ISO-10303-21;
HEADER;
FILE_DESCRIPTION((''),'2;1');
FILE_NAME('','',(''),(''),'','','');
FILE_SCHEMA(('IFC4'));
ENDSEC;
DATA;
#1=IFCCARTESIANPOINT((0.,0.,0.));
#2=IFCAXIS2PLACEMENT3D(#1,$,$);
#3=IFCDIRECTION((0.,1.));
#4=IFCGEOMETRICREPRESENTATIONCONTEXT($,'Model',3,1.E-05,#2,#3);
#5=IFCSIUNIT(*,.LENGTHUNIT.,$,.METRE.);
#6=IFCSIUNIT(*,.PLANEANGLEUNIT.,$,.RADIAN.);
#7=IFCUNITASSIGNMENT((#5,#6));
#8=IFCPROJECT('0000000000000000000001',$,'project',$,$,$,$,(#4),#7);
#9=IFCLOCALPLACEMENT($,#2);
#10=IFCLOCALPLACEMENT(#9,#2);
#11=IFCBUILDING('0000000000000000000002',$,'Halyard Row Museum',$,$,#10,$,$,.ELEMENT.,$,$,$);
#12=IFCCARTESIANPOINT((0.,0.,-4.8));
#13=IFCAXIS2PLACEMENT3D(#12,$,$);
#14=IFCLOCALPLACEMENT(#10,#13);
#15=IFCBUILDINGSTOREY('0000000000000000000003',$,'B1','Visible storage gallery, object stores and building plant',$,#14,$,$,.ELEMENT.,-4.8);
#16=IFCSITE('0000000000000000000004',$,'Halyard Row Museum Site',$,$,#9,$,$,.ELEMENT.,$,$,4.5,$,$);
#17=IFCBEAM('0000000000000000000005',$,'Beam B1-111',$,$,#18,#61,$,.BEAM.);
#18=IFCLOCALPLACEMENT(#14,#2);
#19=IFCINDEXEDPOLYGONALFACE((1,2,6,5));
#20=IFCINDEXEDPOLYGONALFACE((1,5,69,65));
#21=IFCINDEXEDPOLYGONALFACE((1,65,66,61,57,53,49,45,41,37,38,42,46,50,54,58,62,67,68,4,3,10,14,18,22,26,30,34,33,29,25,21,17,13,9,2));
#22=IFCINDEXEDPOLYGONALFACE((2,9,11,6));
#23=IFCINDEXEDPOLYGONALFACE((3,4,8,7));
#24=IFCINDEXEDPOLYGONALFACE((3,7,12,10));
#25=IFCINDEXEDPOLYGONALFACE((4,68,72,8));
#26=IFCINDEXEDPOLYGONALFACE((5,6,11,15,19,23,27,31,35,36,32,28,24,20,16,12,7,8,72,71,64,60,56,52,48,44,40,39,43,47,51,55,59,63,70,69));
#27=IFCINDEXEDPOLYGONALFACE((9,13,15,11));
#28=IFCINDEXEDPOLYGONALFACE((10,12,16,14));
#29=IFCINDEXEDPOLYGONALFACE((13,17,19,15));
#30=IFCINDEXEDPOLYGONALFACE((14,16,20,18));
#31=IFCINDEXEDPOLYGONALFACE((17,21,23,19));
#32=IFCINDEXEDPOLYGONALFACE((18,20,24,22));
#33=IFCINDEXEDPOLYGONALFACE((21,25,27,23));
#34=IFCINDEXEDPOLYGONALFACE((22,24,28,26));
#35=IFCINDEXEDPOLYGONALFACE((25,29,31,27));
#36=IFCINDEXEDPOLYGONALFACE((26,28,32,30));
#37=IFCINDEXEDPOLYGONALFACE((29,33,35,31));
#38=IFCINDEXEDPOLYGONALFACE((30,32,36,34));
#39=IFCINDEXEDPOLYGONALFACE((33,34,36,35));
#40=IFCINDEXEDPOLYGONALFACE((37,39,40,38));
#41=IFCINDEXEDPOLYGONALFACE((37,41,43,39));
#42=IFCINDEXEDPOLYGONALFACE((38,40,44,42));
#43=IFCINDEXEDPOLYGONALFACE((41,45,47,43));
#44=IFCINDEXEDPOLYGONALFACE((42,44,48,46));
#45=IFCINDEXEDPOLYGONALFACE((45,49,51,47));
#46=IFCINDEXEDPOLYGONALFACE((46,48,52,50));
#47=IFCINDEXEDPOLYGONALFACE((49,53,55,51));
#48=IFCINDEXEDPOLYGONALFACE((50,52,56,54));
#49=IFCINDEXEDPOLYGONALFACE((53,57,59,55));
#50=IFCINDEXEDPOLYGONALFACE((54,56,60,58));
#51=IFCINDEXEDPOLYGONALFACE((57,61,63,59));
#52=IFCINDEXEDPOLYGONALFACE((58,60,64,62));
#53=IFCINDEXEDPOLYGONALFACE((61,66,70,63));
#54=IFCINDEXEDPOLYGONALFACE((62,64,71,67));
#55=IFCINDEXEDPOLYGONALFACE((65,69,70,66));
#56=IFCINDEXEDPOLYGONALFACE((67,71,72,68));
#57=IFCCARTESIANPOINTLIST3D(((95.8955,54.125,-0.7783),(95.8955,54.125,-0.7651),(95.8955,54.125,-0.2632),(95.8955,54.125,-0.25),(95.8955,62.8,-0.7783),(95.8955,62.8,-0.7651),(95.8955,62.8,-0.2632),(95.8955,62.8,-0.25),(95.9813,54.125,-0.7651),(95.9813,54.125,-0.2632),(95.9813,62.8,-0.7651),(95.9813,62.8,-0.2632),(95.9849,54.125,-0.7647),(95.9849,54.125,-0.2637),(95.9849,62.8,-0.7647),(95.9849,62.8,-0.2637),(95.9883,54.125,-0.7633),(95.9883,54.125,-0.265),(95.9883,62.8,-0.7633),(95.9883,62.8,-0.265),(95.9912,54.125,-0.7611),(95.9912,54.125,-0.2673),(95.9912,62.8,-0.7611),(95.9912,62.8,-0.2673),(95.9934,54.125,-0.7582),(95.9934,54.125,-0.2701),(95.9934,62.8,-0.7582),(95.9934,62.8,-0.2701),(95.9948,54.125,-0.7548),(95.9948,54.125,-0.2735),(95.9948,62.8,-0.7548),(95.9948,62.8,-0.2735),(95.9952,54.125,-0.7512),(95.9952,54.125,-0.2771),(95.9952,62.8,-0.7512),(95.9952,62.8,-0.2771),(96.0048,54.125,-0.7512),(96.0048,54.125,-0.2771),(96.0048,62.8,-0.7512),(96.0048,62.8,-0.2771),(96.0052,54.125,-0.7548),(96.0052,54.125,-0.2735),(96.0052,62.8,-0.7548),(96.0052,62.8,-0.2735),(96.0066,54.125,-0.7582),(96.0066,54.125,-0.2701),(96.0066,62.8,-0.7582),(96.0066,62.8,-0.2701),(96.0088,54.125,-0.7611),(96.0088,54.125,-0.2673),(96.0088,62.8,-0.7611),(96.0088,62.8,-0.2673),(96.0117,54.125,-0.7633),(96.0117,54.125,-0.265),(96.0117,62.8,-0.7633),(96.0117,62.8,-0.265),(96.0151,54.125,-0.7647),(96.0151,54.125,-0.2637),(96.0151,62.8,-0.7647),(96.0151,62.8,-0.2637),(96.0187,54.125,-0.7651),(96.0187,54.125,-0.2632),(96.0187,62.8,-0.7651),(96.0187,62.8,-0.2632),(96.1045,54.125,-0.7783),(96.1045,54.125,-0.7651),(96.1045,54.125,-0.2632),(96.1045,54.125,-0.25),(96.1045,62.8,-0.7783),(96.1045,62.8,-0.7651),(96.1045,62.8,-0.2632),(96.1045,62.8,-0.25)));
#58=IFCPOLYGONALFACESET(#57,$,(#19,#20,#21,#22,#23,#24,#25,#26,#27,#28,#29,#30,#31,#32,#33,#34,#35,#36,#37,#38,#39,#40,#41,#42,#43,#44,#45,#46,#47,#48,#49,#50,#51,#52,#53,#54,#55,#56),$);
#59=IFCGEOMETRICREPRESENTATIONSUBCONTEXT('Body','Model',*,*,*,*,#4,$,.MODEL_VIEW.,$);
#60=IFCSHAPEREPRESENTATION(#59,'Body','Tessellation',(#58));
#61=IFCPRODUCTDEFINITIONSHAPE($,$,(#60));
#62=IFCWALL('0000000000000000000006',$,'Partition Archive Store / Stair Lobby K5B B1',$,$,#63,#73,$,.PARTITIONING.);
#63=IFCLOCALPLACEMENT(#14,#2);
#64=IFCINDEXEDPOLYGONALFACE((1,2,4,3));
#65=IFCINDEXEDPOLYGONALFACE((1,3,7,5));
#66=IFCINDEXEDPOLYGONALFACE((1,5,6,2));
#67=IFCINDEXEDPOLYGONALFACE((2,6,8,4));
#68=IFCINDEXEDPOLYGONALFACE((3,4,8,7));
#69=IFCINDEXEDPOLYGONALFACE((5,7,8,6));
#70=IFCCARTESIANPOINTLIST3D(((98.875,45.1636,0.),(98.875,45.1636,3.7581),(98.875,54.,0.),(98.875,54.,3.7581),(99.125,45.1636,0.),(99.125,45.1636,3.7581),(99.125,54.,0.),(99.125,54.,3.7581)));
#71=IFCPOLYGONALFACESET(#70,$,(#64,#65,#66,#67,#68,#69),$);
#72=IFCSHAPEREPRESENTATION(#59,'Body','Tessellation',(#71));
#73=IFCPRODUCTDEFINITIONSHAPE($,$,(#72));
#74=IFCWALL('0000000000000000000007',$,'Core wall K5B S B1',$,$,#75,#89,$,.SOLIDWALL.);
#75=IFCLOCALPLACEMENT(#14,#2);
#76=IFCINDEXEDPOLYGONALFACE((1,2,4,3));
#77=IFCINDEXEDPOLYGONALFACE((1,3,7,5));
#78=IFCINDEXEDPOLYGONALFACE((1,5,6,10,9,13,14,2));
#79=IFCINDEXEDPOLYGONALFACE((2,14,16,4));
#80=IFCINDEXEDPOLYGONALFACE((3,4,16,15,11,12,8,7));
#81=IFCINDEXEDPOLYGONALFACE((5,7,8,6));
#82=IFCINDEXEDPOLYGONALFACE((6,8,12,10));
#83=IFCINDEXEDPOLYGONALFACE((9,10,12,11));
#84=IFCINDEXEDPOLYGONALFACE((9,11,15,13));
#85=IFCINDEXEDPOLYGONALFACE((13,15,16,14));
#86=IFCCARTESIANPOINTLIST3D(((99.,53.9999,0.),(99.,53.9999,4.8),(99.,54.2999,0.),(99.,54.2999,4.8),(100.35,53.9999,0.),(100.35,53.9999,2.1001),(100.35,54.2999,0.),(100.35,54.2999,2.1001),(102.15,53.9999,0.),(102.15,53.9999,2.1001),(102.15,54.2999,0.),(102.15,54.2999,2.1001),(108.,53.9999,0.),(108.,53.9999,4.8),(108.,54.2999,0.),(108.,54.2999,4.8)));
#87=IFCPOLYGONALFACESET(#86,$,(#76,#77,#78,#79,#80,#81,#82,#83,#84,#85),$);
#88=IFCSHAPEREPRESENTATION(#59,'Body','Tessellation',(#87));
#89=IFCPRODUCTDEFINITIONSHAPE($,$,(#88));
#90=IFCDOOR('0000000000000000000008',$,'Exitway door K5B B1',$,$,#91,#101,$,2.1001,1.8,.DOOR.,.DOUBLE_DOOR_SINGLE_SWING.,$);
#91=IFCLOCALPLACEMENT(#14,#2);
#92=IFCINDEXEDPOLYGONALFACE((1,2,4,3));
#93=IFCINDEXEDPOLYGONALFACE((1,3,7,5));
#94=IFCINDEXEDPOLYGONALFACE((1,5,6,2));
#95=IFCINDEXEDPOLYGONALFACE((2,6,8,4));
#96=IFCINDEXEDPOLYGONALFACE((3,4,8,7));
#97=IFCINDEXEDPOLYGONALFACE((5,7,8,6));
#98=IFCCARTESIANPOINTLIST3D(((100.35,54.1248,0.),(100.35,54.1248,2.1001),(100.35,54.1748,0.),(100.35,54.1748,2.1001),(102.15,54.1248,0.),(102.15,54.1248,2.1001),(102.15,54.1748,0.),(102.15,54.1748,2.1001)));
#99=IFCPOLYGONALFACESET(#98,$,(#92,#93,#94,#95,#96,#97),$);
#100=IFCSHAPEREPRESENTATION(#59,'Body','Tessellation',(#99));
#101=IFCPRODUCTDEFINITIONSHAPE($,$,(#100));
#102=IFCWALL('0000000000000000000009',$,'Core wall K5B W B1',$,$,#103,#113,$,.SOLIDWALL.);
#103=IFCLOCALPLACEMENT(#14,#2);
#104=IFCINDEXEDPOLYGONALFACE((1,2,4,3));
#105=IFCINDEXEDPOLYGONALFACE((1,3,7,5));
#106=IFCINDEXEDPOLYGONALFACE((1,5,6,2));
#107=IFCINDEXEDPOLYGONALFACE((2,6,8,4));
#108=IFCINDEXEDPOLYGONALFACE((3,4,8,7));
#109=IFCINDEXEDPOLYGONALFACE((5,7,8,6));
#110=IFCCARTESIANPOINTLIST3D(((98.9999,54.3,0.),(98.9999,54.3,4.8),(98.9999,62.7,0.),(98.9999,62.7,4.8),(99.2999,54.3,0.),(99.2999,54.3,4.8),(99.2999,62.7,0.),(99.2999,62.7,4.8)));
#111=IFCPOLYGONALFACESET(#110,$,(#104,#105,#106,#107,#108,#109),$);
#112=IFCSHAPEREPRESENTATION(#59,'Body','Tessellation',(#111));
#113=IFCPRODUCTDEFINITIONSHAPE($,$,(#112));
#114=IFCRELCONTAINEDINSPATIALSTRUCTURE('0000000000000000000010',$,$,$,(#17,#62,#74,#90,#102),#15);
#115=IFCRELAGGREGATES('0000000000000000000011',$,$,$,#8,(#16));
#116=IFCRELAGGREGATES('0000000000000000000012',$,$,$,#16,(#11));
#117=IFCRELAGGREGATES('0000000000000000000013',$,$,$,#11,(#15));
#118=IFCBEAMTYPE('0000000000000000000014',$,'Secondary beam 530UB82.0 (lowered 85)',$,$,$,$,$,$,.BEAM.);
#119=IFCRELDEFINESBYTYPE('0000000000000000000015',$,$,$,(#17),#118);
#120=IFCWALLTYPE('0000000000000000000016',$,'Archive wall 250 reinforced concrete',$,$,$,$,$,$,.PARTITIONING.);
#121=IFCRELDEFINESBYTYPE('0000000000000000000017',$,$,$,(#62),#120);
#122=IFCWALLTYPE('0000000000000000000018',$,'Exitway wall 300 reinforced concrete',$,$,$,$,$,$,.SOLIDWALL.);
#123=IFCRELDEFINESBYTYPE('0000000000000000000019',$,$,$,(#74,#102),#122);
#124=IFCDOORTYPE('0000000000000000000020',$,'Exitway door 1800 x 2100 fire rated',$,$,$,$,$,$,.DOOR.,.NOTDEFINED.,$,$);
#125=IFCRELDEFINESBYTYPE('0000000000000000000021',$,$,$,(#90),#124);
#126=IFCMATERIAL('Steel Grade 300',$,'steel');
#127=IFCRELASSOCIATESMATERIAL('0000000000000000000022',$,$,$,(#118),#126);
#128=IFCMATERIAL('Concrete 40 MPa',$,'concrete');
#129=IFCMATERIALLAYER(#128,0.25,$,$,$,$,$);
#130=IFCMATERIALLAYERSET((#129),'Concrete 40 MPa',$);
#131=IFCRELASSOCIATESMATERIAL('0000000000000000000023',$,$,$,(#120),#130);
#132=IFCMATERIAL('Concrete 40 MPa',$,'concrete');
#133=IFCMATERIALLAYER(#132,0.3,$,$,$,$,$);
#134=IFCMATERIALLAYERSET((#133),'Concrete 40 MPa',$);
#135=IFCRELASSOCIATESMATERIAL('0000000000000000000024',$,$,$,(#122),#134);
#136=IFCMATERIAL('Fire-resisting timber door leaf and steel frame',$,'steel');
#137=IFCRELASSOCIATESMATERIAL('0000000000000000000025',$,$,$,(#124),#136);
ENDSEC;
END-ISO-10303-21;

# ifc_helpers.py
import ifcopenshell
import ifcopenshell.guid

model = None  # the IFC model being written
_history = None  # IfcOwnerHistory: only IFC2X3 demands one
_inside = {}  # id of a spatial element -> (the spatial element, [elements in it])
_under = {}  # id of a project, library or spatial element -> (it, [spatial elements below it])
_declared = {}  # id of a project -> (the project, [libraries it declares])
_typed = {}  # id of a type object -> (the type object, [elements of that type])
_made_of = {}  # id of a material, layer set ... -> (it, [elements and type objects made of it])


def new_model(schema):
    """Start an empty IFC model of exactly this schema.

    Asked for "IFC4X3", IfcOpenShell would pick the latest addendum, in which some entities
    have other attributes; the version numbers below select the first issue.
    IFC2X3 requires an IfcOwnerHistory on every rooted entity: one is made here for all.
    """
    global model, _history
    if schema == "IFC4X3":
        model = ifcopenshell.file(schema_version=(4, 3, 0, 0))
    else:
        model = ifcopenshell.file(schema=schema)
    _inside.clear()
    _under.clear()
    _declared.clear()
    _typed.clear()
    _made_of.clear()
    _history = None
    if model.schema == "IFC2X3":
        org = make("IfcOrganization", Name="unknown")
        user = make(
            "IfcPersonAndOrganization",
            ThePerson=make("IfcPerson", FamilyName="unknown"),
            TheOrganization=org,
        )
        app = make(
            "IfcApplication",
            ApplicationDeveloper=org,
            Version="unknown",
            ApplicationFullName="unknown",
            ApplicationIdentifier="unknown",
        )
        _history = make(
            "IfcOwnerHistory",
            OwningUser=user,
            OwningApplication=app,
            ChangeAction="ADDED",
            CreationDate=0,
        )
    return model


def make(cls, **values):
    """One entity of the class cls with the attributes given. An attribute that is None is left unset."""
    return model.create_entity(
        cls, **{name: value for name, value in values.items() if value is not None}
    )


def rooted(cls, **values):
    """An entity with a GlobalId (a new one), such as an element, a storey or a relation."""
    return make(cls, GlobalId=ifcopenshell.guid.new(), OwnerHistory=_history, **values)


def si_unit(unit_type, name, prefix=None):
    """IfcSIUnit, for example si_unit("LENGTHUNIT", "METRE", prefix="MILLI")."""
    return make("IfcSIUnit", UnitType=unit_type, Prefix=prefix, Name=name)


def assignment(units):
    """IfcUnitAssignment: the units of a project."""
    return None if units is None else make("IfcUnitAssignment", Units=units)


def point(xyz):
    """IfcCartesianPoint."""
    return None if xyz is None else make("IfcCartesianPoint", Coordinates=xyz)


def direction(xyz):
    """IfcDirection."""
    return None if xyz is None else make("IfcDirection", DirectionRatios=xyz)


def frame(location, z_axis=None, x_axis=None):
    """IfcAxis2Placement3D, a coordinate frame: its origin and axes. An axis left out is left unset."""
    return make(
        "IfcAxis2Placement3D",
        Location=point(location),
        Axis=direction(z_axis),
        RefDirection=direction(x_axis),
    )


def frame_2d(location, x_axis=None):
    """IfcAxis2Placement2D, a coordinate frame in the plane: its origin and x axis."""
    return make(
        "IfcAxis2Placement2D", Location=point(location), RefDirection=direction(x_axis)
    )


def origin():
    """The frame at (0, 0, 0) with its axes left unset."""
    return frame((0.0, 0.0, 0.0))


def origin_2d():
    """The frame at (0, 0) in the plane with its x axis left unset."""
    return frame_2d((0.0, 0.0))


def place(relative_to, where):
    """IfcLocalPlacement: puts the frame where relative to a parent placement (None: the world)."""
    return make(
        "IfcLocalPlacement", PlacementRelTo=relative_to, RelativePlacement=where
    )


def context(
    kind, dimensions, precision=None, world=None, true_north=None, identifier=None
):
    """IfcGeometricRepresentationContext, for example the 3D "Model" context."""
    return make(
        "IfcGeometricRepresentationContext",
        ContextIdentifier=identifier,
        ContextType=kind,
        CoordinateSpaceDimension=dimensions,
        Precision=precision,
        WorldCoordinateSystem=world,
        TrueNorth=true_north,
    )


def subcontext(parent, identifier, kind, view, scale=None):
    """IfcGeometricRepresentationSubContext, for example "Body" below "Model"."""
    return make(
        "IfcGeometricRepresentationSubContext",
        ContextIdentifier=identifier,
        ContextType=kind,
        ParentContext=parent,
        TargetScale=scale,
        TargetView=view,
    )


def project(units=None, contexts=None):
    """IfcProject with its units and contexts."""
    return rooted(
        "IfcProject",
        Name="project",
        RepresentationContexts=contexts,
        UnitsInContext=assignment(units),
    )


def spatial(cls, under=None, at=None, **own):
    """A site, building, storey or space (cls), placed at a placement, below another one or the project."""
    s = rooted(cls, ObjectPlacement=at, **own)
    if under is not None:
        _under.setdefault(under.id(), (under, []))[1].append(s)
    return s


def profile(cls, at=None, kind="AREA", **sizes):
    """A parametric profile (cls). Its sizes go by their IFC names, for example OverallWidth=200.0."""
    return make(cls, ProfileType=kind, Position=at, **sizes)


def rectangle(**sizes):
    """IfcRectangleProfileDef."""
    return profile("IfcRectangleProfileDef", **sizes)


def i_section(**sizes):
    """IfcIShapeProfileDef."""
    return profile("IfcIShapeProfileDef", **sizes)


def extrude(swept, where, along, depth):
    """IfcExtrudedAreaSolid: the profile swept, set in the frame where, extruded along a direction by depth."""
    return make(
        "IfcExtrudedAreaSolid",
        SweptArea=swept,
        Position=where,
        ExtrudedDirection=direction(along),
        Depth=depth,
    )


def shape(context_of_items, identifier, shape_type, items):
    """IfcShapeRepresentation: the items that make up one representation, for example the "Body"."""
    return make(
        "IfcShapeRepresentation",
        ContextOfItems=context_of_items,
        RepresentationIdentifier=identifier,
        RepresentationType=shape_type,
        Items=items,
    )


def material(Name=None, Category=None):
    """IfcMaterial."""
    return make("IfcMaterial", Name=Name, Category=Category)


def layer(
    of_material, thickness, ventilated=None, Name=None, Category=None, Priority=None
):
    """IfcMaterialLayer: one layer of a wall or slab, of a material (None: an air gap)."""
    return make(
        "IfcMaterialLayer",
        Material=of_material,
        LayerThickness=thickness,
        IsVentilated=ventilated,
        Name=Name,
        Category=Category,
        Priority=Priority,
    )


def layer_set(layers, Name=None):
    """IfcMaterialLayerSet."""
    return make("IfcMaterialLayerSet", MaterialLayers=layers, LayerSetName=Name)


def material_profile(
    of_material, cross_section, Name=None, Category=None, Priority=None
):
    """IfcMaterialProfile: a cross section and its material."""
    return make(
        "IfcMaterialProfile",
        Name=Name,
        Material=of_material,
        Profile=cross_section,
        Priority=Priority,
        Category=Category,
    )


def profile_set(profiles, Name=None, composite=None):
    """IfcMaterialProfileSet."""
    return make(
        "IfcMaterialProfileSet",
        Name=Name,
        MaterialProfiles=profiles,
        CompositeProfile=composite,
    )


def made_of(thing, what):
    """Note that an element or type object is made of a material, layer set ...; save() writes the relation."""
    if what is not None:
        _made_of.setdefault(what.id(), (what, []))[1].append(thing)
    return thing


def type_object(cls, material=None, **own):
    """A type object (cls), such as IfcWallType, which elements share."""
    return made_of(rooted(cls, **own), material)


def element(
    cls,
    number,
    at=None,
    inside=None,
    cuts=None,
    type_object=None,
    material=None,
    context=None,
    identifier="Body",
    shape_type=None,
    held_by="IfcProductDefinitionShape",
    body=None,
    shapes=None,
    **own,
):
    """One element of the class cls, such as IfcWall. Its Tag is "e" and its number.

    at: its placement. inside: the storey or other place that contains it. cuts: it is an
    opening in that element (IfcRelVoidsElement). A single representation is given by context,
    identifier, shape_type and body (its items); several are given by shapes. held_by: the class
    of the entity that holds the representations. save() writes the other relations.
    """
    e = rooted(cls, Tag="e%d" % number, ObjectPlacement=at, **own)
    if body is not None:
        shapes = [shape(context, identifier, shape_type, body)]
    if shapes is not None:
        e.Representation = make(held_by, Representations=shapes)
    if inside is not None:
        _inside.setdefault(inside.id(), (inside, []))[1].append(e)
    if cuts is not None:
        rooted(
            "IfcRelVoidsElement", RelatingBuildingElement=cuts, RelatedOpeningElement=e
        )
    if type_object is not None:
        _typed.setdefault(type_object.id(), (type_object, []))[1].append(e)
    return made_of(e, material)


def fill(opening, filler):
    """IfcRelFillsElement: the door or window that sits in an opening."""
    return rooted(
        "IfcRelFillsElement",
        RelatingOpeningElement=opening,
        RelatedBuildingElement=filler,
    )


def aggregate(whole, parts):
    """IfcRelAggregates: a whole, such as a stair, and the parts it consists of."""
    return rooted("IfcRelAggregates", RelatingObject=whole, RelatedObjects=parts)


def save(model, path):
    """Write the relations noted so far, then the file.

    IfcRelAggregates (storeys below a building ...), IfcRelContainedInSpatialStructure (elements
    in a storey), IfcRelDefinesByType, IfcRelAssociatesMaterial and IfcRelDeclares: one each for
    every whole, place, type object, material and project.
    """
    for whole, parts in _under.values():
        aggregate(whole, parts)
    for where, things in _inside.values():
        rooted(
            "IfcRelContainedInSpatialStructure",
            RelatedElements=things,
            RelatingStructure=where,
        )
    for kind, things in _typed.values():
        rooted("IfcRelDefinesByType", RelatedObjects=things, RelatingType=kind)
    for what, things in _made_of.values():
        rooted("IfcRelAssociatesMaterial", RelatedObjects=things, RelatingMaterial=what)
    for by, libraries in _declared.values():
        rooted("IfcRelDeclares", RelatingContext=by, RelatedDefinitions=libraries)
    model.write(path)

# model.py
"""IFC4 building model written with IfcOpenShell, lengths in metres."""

from ifc_helpers import new_model, si_unit, direction, frame, frame_2d, origin, origin_2d, place, context, subcontext, project, spatial, rectangle, i_section, extrude, material, layer, layer_set, material_profile, profile_set, type_object, element, fill, save


model = new_model("IFC4")

# Units and contexts
model_context = context("Model", 3, precision=1e-05, world=origin(), true_north=direction((0.0, 1.0)))
body_context = subcontext(model_context, "Body", "Model", "MODEL_VIEW")
ifc_project = project(units=[si_unit("LENGTHUNIT", "METRE"), si_unit("PLANEANGLEUNIT", "RADIAN")], contexts=[model_context])

# Site, building, storey
site_placement = place(None, origin())
site = spatial("IfcSite", under=ifc_project, at=site_placement, Name="Halyard Row Museum Site", CompositionType="ELEMENT", RefElevation=4.5)
building_placement = place(site_placement, origin())
building = spatial("IfcBuilding", under=site, at=building_placement, Name="Halyard Row Museum", CompositionType="ELEMENT")
storey_placement = place(building_placement, frame((0.0, 0.0, -4.8)))
storey = spatial("IfcBuildingStorey", under=building, at=storey_placement, Name="B1", Description="Visible storage gallery, object stores and building plant", CompositionType="ELEMENT", Elevation=-4.8)

# Beam
ifc_material_1 = material(Name="Steel Grade 300", Category="steel")
ifc_material_profile_1 = material_profile(ifc_material_1, i_section(OverallWidth=0.209, OverallDepth=0.5283, WebThickness=0.0095, FlangeThickness=0.0132, FilletRadius=0.0139, at=origin_2d()), Name="530UB82.0")
ifc_profile_set_1 = profile_set([ifc_material_profile_1], Name="Steel Grade 300")
beam_type_1 = type_object("IfcBeamType", Name="Secondary beam 530UB82.0 (lowered 85)", PredefinedType="BEAM", material=ifc_profile_set_1)
for number, where, z_axis, x_axis, name in (
    (1, (96.0, 54.125, -0.5142), (0.0, 1.0, 0.0), (-1.0, 0.0, 0.0), "Beam B1-111"),
):
    element("IfcBeam", number, at=place(storey_placement, frame(where, z_axis=z_axis, x_axis=x_axis)), inside=storey, type_object=beam_type_1, Name=name, PredefinedType="BEAM", context=body_context, shape_type="SweptSolid", body=[
        extrude(i_section(OverallWidth=0.209, OverallDepth=0.5283, WebThickness=0.0095, FlangeThickness=0.0132, FilletRadius=0.0139, at=origin_2d()), origin(), (0.0, 0.0, 1.0), 8.675),
    ])

# Wall
ifc_material_2 = material(Name="Concrete 40 MPa", Category="concrete")
ifc_layer_1 = layer(ifc_material_2, 0.25)
ifc_layer_set_1 = layer_set([ifc_layer_1], Name="Concrete 40 MPa")
wall_type_1 = type_object("IfcWallType", Name="Archive wall 250 reinforced concrete", PredefinedType="PARTITIONING", material=ifc_layer_set_1)
wall_1_placement = place(storey_placement, frame((99.0, 45.1636, 0.0), z_axis=(0.0, 0.0, 1.0), x_axis=(0.0, 1.0, 0.0)))
element("IfcWall", 2, at=wall_1_placement, inside=storey, type_object=wall_type_1, Name="Partition Archive Store / Stair Lobby K5B B1", PredefinedType="PARTITIONING", context=body_context, shape_type="SweptSolid", body=[
    extrude(rectangle(XDim=8.8364, YDim=0.25, at=frame_2d((4.4182, 0.0))), origin(), (0.0, 0.0, 1.0), 3.7581),
])

# Wall, opening, door
ifc_material_3 = material(Name="Concrete 40 MPa", Category="concrete")
ifc_layer_2 = layer(ifc_material_3, 0.3)
ifc_layer_set_2 = layer_set([ifc_layer_2], Name="Concrete 40 MPa")
wall_type_2 = type_object("IfcWallType", Name="Exitway wall 300 reinforced concrete", PredefinedType="SOLIDWALL", material=ifc_layer_set_2)
wall_2_placement = place(storey_placement, frame((99.0, 54.1499, 0.0), z_axis=(0.0, 0.0, 1.0), x_axis=(1.0, 0.0, 0.0)))
wall_2 = element("IfcWall", 3, at=wall_2_placement, inside=storey, type_object=wall_type_2, Name="Core wall K5B S B1", PredefinedType="SOLIDWALL", context=body_context, shape_type="SweptSolid", body=[
    extrude(rectangle(XDim=9.0, YDim=0.3, at=frame_2d((4.5, 0.0))), origin(), (0.0, 0.0, 1.0), 4.8),
])
opening_placement = place(wall_2_placement, frame((1.3501, 0.0, 0.0)))
opening = element("IfcOpeningElement", 4, at=opening_placement, cuts=wall_2, PredefinedType="OPENING", context=body_context, shape_type="SweptSolid", body=[
    extrude(rectangle(XDim=1.8, YDim=2.1001, at=frame_2d((0.8999, 1.05))), frame((0.0, 0.1599, 0.0), z_axis=(0.0, -1.0, 0.0), x_axis=(1.0, 0.0, 0.0)), (0.0, 0.0, 1.0), 0.3201),
])
ifc_material_4 = material(Name="Fire-resisting timber door leaf and steel frame", Category="steel")
door_type = type_object("IfcDoorType", Name="Exitway door 1800 x 2100 fire rated", OperationType="NOTDEFINED", PredefinedType="DOOR", material=ifc_material_4)
door_placement = place(opening_placement, origin())
door = element("IfcDoor", 5, at=door_placement, inside=storey, type_object=door_type, Name="Exitway door K5B B1", OperationType="DOUBLE_DOOR_SINGLE_SWING", OverallHeight=2.1001, OverallWidth=1.8, PredefinedType="DOOR", context=body_context, shape_type="SweptSolid", body=[
    extrude(rectangle(XDim=1.8, YDim=2.1001, at=frame_2d((0.8999, 1.05))), frame((0.0, 0.0249, 0.0), z_axis=(0.0, -1.0, 0.0), x_axis=(1.0, 0.0, 0.0)), (0.0, 0.0, 1.0), 0.05),
])
fill(opening, door)

# Wall
wall_3_placement = place(storey_placement, frame((99.1499, 54.3, 0.0), z_axis=(0.0, 0.0, 1.0), x_axis=(0.0, 1.0, 0.0)))
element("IfcWall", 6, at=wall_3_placement, inside=storey, type_object=wall_type_2, Name="Core wall K5B W B1", PredefinedType="SOLIDWALL", context=body_context, shape_type="SweptSolid", body=[
    extrude(rectangle(XDim=8.3999, YDim=0.3, at=frame_2d((4.2, 0.0))), origin(), (0.0, 0.0, 1.0), 4.8),
])

save(model, "model.ifc")
